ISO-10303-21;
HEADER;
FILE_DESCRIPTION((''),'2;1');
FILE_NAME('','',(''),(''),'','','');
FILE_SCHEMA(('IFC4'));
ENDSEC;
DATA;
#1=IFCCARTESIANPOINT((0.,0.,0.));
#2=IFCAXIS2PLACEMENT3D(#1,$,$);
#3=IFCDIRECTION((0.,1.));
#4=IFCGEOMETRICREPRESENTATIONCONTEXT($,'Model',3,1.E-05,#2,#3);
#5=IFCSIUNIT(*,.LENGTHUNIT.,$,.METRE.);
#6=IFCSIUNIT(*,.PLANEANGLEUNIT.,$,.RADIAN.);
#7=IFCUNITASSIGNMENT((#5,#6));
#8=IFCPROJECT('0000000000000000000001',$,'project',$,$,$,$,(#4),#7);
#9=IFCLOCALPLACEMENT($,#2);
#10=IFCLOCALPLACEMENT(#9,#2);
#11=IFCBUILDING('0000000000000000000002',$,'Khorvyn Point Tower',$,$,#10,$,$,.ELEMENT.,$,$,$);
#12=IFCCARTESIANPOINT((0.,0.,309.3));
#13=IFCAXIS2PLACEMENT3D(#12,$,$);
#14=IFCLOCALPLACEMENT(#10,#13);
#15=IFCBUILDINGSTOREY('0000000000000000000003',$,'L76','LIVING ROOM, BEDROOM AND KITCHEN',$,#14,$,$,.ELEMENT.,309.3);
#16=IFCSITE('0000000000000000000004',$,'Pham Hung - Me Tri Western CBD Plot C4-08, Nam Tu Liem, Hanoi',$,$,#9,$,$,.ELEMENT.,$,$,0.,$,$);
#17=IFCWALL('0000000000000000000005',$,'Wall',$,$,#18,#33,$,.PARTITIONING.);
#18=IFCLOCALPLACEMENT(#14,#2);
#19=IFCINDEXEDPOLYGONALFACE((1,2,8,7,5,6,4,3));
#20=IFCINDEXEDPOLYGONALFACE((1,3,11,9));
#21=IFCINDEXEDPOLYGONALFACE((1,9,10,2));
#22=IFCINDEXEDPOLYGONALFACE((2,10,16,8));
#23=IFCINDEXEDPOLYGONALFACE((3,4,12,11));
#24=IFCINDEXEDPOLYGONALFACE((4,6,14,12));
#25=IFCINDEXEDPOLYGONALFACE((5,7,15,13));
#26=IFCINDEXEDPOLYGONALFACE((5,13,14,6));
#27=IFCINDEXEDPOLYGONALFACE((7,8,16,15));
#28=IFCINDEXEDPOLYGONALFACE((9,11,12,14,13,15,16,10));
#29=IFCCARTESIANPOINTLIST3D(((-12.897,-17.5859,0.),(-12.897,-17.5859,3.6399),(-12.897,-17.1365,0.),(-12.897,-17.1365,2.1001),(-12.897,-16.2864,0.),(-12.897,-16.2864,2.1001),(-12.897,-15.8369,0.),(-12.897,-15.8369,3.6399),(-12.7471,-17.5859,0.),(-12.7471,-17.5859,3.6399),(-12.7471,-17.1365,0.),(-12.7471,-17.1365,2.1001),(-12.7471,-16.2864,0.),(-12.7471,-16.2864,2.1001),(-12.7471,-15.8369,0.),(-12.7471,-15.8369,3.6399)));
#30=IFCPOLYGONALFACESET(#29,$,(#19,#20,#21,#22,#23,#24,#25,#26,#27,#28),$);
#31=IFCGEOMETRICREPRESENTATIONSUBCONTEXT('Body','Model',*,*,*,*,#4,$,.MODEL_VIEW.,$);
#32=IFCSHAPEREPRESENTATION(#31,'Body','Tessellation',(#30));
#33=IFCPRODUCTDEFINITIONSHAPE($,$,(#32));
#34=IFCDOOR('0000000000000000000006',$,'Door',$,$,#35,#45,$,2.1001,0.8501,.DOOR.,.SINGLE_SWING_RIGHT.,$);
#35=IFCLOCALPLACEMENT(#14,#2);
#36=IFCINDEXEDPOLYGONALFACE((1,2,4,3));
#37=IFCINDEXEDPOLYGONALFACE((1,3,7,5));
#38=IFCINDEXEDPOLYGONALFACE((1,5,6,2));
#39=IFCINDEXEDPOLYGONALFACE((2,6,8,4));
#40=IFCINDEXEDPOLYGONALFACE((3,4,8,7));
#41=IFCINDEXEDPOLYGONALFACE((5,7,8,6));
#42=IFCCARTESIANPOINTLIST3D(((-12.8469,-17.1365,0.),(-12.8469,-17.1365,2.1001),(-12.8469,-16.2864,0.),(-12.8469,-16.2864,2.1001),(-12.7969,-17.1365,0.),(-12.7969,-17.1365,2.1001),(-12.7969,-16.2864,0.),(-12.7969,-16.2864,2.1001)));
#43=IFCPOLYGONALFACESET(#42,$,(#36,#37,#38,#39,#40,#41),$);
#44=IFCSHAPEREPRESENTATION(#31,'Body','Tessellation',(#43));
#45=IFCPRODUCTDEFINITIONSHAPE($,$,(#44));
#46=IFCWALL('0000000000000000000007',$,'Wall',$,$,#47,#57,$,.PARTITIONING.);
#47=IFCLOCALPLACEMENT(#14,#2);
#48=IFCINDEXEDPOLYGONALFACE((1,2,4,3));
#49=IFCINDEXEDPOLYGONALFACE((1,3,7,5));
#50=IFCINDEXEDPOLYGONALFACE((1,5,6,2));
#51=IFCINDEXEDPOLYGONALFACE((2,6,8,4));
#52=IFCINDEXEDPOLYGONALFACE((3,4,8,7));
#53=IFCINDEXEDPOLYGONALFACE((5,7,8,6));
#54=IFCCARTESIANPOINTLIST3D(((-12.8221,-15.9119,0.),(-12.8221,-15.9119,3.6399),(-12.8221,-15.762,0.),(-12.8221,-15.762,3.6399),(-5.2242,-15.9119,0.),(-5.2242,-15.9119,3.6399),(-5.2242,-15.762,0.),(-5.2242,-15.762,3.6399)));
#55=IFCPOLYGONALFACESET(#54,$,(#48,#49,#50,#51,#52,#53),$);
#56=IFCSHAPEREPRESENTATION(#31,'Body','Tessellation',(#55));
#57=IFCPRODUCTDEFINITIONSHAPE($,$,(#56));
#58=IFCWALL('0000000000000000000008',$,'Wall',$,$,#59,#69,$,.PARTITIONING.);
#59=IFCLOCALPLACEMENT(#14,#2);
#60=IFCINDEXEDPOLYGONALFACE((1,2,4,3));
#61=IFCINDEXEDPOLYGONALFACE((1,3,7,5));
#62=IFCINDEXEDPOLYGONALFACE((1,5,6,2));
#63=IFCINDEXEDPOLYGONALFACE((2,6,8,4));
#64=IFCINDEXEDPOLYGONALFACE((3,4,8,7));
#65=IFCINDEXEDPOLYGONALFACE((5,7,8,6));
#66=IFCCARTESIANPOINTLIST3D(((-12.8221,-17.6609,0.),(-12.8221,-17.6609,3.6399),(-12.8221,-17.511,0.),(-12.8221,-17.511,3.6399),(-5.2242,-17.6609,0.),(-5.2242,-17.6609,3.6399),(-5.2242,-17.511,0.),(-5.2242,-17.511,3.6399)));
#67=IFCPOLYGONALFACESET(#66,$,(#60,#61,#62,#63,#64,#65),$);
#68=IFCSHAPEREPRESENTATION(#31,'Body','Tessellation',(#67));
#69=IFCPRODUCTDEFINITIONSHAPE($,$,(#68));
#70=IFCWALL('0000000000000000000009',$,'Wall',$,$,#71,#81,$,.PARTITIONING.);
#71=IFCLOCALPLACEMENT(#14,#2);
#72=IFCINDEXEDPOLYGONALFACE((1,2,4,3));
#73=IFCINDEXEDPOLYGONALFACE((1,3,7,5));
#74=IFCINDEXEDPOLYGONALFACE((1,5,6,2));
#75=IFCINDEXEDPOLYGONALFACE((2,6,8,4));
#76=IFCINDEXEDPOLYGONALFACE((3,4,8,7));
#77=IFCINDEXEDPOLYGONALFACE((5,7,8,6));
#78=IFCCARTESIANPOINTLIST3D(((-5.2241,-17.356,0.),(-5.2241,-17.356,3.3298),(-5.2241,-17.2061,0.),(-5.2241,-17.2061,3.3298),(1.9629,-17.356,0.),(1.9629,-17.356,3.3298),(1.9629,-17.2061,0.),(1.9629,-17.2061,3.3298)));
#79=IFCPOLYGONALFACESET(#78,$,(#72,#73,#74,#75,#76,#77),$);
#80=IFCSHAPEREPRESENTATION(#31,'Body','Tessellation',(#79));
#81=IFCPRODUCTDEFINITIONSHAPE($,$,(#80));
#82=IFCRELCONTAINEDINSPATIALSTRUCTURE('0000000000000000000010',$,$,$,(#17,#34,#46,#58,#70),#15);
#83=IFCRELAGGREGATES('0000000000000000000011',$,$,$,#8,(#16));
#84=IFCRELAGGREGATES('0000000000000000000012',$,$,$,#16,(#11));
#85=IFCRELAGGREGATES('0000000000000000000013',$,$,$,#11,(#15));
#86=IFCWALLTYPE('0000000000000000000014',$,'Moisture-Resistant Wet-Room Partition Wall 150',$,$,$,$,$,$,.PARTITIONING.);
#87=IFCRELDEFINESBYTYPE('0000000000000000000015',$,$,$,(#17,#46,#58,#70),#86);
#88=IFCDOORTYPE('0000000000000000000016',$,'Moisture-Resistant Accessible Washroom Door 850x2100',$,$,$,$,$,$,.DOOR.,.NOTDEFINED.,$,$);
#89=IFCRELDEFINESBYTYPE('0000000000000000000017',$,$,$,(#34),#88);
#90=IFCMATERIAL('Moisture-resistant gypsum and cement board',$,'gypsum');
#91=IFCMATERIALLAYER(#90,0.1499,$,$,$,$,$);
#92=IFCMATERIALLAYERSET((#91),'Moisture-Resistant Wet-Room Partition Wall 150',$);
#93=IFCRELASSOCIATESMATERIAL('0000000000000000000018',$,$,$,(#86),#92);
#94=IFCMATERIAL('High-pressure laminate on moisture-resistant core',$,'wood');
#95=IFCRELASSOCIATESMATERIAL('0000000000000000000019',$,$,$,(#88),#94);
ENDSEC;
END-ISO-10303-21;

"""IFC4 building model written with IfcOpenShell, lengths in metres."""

from ifc_helpers import new_model, si_unit, direction, frame, frame_2d, origin, place, context, subcontext, project, spatial, rectangle, extrude, material, layer, layer_set, type_object, element, fill, save


model = new_model("IFC4")

# Units and contexts
model_context = context("Model", 3, precision=1e-05, world=origin(), true_north=direction((0.0, 1.0)))
body_context = subcontext(model_context, "Body", "Model", "MODEL_VIEW")
ifc_project = project(units=[si_unit("LENGTHUNIT", "METRE"), si_unit("PLANEANGLEUNIT", "RADIAN")], contexts=[model_context])

# Site, building, storey
site_placement = place(None, origin())
site = spatial("IfcSite", under=ifc_project, at=site_placement, Name="Pham Hung - Me Tri Western CBD Plot C4-08, Nam Tu Liem, Hanoi", CompositionType="ELEMENT", RefElevation=0.0)
building_placement = place(site_placement, origin())
building = spatial("IfcBuilding", under=site, at=building_placement, Name="Khorvyn Point Tower", CompositionType="ELEMENT")
storey_placement = place(building_placement, frame((0.0, 0.0, 309.3)))
storey = spatial("IfcBuildingStorey", under=building, at=storey_placement, Name="L76", Description="LIVING ROOM, BEDROOM AND KITCHEN", CompositionType="ELEMENT", Elevation=309.3)

# Wall, opening, door
ifc_material_1 = material(Name="Moisture-resistant gypsum and cement board", Category="gypsum")
ifc_layer_1 = layer(ifc_material_1, 0.1499)
ifc_layer_set_1 = layer_set([ifc_layer_1], Name="Moisture-Resistant Wet-Room Partition Wall 150")
wall_type_1 = type_object("IfcWallType", Name="Moisture-Resistant Wet-Room Partition Wall 150", PredefinedType="PARTITIONING", material=ifc_layer_set_1)
ifc_material_2 = material(Name="High-pressure laminate on moisture-resistant core", Category="wood")
door_type_1 = type_object("IfcDoorType", Name="Moisture-Resistant Accessible Washroom Door 850x2100", OperationType="NOTDEFINED", PredefinedType="DOOR", material=ifc_material_2)
wall_1_placement = place(storey_placement, frame((-12.822, -17.5859, 0.0), z_axis=(0.0, 0.0, 1.0), x_axis=(0.0, 1.0, 0.0)))
wall_1 = element("IfcWall", 1, at=wall_1_placement, inside=storey, type_object=wall_type_1, Name="Wall", PredefinedType="PARTITIONING", context=body_context, shape_type="SweptSolid", body=[
    extrude(rectangle(XDim=1.749, YDim=0.1499, at=frame_2d((0.8745, 0.0))), origin(), (0.0, 0.0, 1.0), 3.6399),
])
opening_1_placement = place(wall_1_placement, frame((0.4495, 0.0, 0.0)))
opening_1 = element("IfcOpeningElement", 2, at=opening_1_placement, cuts=wall_1, PredefinedType="OPENING", context=body_context, shape_type="SweptSolid", body=[
    extrude(rectangle(XDim=0.8501, YDim=2.1001, at=frame_2d((0.425, 1.05))), frame((0.0, 0.085, 0.0), z_axis=(0.0, -1.0, 0.0), x_axis=(1.0, 0.0, 0.0)), (0.0, 0.0, 1.0), 0.1699),
])
door_1_placement = place(opening_1_placement, origin())
door_1 = element("IfcDoor", 3, at=door_1_placement, inside=storey, type_object=door_type_1, Name="Door", OperationType="SINGLE_SWING_RIGHT", OverallHeight=2.1001, OverallWidth=0.8501, PredefinedType="DOOR", context=body_context, shape_type="SweptSolid", body=[
    extrude(rectangle(XDim=0.8501, YDim=2.1001, at=frame_2d((0.425, 1.05))), frame((0.0, 0.0249, 0.0), z_axis=(0.0, -1.0, 0.0), x_axis=(1.0, 0.0, 0.0)), (0.0, 0.0, 1.0), 0.05),
])
fill(opening_1, door_1)

# Walls
for number, where, z_axis, x_axis, name in (
    (4, (-12.822, -15.8369, 0.0), (0.0, 0.0, 1.0), (1.0, 0.0, 0.0), "Wall"),
    (5, (-12.822, -17.5859, 0.0), (0.0, 0.0, 1.0), (1.0, 0.0, 0.0), "Wall"),
):
    element("IfcWall", number, at=place(storey_placement, frame(where, z_axis=z_axis, x_axis=x_axis)), inside=storey, type_object=wall_type_1, Name=name, PredefinedType="PARTITIONING", context=body_context, shape_type="SweptSolid", body=[
        extrude(rectangle(XDim=7.5979, YDim=0.1499, at=frame_2d((3.7988, 0.0))), origin(), (0.0, 0.0, 1.0), 3.6399),
    ])
wall_2_placement = place(storey_placement, frame((-5.2241, -17.281, 0.0), z_axis=(0.0, 0.0, 1.0), x_axis=(1.0, 0.0, 0.0)))
element("IfcWall", 6, at=wall_2_placement, inside=storey, type_object=wall_type_1, Name="Wall", PredefinedType="PARTITIONING", context=body_context, shape_type="SweptSolid", body=[
    extrude(rectangle(XDim=7.187, YDim=0.1499, at=frame_2d((3.5935, 0.0))), origin(), (0.0, 0.0, 1.0), 3.3298),
])

save(model, "model.ifc")
